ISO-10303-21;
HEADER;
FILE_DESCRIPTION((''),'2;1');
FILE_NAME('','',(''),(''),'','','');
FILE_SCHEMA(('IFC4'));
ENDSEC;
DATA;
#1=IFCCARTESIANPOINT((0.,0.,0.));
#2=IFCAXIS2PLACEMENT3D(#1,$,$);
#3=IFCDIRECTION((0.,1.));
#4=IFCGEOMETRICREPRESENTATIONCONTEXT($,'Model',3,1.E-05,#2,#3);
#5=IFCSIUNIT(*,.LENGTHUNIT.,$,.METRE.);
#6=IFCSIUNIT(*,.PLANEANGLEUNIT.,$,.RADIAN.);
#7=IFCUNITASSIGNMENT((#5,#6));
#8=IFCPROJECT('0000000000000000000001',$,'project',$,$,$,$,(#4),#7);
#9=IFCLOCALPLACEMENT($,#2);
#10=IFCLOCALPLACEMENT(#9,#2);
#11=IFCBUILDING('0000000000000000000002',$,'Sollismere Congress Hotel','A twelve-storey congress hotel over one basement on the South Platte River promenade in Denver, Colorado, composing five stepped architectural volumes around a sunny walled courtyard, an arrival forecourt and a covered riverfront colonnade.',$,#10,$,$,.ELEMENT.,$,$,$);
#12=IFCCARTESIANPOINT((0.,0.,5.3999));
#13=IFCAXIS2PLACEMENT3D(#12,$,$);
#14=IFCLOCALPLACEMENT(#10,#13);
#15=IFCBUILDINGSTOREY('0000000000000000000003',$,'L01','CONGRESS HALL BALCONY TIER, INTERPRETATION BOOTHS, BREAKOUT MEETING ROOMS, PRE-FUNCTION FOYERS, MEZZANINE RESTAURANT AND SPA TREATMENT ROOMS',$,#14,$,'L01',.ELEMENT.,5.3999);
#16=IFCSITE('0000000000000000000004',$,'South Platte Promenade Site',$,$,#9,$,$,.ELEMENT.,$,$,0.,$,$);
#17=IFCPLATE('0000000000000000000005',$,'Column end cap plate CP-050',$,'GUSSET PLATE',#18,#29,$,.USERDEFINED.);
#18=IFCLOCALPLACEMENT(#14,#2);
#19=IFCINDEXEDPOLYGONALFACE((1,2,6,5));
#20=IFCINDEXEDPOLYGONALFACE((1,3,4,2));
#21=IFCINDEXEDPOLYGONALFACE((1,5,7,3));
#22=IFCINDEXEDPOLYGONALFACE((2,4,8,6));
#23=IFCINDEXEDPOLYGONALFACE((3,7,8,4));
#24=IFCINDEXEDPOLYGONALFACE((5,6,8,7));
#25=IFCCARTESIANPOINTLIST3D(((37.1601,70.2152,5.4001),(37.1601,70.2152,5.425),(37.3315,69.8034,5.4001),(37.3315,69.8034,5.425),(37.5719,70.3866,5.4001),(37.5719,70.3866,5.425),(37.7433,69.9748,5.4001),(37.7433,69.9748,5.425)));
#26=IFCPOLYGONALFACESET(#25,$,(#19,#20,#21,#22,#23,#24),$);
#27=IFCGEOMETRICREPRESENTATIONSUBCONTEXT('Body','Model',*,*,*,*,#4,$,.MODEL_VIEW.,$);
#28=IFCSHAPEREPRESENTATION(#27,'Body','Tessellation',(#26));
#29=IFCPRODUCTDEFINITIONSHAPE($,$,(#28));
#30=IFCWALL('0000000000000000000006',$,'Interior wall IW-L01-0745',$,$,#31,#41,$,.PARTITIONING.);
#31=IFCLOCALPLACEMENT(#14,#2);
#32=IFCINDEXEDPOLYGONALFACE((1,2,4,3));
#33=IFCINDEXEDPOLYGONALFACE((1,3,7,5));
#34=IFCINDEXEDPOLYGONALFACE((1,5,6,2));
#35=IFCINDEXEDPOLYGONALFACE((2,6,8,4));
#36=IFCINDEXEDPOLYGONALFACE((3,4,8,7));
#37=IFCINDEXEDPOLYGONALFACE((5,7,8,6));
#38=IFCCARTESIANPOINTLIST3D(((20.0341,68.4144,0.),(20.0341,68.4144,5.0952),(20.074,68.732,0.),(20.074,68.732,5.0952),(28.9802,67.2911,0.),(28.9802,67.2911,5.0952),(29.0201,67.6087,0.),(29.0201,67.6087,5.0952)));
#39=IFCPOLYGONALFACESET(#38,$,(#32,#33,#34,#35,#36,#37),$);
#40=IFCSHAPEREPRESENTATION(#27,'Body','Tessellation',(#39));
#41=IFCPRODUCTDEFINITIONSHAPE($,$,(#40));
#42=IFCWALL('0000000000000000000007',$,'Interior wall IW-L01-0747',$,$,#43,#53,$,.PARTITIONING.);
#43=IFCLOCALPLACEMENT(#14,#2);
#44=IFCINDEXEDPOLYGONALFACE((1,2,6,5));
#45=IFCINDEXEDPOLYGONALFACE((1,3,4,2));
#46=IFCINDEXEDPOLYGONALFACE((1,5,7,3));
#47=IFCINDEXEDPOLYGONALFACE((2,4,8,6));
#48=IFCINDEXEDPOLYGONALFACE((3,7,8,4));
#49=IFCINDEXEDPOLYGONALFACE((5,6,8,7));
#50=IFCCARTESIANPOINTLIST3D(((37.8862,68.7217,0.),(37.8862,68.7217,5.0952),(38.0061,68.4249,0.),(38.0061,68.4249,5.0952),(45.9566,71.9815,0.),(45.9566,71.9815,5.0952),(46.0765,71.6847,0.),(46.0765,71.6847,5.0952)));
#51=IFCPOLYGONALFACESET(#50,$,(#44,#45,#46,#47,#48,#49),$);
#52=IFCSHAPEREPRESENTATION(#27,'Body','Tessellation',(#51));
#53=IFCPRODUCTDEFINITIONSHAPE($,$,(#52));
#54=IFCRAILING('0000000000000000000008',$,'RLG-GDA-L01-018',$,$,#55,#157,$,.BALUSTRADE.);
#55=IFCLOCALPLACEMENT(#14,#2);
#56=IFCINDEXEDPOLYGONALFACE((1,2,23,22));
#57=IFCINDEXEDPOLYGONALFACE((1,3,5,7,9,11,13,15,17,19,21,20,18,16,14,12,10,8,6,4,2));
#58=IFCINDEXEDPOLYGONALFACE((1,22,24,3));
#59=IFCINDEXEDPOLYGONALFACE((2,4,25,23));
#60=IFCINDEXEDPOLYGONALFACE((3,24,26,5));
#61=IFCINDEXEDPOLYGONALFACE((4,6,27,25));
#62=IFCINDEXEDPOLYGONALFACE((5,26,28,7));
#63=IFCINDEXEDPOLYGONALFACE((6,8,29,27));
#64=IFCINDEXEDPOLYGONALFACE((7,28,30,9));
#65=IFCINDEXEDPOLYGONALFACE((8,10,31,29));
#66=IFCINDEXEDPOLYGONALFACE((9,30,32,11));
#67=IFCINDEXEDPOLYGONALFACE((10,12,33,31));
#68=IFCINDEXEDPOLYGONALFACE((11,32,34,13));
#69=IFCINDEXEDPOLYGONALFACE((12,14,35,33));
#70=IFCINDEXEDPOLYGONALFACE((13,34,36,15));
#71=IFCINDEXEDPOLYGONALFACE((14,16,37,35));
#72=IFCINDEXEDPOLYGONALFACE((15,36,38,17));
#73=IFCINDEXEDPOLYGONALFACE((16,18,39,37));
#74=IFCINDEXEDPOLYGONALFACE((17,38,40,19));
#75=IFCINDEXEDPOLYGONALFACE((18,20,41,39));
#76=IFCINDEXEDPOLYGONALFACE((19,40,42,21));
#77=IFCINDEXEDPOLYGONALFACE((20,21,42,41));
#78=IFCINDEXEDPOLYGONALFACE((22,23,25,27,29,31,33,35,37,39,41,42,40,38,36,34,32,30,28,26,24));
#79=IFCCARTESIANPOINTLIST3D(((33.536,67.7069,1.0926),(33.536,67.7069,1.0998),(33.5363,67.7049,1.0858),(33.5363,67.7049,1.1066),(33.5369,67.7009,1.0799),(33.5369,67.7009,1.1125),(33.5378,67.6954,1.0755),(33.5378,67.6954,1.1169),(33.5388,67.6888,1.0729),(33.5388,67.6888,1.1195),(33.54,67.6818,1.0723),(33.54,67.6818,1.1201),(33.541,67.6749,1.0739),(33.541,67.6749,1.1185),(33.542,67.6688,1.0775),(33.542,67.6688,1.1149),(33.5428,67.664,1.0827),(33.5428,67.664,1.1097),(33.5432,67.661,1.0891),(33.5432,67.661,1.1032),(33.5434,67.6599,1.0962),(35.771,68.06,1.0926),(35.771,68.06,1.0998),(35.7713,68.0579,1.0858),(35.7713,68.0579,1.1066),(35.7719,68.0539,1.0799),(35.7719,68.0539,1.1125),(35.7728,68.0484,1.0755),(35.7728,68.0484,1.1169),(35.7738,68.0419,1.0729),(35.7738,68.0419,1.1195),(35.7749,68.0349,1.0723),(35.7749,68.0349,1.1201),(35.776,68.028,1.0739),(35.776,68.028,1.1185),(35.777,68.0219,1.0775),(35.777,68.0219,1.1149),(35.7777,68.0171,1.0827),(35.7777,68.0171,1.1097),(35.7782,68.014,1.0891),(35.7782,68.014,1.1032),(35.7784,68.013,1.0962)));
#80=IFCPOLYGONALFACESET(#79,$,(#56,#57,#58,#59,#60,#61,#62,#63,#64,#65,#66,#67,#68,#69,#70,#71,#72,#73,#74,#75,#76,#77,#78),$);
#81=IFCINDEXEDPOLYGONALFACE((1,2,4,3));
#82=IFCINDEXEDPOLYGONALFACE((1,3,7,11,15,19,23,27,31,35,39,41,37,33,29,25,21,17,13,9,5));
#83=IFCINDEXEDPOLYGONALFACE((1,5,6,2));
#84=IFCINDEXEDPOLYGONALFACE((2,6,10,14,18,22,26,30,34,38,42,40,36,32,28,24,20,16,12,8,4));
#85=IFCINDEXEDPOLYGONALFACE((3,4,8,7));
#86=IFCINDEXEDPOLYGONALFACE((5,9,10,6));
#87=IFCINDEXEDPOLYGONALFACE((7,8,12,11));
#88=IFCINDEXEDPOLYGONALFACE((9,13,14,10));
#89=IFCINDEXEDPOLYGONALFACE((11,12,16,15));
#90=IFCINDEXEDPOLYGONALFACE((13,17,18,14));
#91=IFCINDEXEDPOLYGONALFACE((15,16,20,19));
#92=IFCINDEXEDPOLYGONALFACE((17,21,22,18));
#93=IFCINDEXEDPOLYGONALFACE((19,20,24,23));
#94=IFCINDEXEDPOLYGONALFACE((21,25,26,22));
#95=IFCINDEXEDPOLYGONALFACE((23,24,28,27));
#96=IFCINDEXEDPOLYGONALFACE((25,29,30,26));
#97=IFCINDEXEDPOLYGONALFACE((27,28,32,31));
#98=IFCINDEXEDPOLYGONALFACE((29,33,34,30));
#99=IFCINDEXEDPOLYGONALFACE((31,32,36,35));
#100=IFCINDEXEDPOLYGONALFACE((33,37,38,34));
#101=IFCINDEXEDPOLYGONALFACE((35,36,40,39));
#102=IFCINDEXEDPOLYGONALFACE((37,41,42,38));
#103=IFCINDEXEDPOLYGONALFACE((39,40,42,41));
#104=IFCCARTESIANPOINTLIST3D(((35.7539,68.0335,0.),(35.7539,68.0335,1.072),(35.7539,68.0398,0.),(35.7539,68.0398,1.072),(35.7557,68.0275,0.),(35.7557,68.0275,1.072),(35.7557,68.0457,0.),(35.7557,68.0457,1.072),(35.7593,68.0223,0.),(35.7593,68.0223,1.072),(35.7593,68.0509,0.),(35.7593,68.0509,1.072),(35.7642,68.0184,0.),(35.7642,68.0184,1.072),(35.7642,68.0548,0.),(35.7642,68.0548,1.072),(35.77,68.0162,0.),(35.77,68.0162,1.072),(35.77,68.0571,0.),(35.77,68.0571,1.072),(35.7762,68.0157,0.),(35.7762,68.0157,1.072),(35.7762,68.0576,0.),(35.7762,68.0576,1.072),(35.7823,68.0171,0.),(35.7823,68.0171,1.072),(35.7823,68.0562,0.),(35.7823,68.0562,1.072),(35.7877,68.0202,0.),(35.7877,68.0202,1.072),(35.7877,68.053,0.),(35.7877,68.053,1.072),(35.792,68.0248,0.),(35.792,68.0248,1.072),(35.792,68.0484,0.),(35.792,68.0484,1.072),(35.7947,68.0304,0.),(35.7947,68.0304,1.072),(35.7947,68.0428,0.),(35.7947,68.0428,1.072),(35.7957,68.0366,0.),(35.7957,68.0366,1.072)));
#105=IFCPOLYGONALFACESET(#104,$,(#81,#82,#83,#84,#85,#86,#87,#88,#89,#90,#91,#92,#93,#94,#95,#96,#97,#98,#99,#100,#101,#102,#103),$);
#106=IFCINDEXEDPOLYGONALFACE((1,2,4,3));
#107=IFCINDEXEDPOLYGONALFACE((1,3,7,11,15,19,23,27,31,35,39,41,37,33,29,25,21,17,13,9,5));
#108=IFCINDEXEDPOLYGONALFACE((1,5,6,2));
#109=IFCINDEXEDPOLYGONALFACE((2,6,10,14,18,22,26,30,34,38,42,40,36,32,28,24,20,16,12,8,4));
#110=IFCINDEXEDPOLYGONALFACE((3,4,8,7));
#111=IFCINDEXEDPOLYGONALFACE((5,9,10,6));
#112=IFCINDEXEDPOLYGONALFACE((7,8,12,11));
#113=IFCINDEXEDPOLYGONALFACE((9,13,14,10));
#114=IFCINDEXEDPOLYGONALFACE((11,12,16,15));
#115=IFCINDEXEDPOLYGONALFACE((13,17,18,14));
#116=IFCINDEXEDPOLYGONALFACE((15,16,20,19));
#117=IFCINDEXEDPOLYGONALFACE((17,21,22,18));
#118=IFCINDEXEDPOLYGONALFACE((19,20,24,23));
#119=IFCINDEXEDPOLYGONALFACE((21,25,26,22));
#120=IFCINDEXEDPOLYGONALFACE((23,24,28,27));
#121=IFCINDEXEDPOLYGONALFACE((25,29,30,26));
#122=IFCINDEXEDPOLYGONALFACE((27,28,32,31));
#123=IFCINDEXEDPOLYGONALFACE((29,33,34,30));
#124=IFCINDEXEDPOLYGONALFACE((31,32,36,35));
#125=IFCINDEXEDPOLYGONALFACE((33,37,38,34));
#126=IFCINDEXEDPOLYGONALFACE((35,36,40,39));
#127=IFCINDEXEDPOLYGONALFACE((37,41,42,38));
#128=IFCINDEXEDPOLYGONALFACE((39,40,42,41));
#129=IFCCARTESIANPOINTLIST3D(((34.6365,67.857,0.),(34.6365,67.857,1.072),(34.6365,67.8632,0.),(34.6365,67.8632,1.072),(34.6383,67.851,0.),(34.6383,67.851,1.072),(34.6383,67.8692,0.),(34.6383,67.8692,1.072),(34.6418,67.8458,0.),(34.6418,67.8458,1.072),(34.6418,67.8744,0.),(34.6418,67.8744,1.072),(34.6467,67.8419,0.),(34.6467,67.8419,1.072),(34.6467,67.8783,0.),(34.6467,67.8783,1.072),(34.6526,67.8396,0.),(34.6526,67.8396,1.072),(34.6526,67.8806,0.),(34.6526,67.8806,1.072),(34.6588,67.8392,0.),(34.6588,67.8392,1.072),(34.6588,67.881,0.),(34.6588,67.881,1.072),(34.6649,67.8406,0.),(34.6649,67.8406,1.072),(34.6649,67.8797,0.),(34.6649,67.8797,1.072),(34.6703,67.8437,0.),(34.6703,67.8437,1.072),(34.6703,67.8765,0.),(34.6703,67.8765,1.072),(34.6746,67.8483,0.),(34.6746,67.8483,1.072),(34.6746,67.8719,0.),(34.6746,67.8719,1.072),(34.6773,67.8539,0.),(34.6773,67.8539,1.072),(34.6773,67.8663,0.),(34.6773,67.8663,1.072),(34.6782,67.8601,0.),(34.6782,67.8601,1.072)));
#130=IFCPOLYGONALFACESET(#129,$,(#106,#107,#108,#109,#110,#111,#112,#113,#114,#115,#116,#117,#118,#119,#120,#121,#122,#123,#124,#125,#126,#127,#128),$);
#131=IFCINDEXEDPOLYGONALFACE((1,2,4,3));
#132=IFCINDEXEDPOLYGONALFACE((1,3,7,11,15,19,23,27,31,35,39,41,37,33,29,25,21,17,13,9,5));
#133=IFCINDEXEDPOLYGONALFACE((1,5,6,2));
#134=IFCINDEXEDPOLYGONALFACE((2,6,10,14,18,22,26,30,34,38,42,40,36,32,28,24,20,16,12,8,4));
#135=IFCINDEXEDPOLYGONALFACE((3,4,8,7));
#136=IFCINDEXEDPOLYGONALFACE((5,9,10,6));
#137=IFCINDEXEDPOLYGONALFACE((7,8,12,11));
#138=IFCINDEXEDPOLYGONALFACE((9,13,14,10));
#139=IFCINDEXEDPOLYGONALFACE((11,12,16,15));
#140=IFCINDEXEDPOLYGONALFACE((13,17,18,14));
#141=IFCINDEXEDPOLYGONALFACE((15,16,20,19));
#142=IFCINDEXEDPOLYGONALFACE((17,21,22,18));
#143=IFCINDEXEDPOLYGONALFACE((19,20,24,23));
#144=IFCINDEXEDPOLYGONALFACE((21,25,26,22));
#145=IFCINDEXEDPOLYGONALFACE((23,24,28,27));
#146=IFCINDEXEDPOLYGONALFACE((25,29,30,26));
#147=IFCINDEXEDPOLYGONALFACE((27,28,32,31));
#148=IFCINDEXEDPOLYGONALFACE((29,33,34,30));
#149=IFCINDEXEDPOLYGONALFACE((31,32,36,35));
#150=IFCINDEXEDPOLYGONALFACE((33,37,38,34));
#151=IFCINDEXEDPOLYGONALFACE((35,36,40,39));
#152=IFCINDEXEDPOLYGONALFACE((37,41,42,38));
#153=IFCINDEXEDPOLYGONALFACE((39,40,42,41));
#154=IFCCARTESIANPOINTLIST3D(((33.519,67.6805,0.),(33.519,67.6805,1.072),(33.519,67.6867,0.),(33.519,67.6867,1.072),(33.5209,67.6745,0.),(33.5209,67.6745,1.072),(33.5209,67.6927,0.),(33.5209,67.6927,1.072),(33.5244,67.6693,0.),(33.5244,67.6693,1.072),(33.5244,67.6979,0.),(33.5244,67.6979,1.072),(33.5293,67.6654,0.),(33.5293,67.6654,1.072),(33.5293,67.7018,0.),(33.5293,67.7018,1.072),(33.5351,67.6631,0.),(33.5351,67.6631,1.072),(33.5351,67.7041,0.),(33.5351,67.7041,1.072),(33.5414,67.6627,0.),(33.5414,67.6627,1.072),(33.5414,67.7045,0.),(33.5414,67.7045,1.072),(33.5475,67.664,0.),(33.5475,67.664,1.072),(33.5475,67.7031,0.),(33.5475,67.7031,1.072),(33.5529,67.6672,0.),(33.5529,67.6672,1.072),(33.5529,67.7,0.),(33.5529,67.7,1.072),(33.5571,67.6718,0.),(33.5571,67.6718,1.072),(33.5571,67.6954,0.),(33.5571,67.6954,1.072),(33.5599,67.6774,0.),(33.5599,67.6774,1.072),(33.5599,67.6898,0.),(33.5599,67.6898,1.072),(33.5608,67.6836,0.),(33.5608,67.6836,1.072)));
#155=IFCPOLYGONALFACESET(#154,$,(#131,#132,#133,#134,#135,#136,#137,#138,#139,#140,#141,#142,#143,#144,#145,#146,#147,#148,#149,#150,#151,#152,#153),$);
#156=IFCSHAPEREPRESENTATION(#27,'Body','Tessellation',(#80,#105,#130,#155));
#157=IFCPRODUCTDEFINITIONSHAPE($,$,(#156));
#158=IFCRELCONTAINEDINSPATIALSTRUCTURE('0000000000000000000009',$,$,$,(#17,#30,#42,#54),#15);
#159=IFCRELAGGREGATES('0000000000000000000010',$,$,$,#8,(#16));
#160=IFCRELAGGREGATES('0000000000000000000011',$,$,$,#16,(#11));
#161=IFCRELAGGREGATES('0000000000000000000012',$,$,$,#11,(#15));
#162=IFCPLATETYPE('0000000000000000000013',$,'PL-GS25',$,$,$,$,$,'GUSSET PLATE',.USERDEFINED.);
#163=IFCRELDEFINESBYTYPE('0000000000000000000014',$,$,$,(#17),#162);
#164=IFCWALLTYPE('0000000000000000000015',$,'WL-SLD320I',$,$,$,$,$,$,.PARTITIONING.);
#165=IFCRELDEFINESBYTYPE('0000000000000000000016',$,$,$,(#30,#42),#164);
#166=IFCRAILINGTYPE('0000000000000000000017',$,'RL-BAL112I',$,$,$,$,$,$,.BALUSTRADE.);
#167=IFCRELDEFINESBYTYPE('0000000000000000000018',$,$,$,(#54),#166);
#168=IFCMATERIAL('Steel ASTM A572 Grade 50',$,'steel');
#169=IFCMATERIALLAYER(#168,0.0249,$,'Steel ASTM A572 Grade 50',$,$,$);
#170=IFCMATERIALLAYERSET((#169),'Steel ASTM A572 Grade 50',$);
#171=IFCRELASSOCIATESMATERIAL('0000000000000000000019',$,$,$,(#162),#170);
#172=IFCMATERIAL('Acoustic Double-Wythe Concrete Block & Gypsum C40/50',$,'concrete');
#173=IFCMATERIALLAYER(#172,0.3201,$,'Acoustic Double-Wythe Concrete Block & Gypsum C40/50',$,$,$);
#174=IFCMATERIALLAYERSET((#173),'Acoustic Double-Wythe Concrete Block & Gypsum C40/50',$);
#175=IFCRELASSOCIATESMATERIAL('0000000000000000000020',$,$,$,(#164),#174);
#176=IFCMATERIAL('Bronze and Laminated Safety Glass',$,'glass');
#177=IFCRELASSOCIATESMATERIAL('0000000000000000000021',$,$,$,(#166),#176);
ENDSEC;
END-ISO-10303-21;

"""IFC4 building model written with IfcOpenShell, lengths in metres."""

from ifc_helpers import new_model, si_unit, direction, frame, frame_2d, origin, origin_2d, place, context, subcontext, project, spatial, rectangle, circle, extrude, material, layer, layer_set, type_object, element, save


model = new_model("IFC4")

# Units and contexts
model_context = context("Model", 3, precision=1e-05, world=origin(), true_north=direction((0.0, 1.0)))
body_context = subcontext(model_context, "Body", "Model", "MODEL_VIEW")
ifc_project = project(units=[si_unit("LENGTHUNIT", "METRE"), si_unit("PLANEANGLEUNIT", "RADIAN")], contexts=[model_context])

# Site, building, storey
site_placement = place(None, origin())
site = spatial("IfcSite", under=ifc_project, at=site_placement, Name="South Platte Promenade Site", CompositionType="ELEMENT", RefElevation=0.0)
building_placement = place(site_placement, origin())
building = spatial("IfcBuilding", under=site, at=building_placement, Name="Sollismere Congress Hotel", Description="A twelve-storey congress hotel over one basement on the South Platte River promenade in Denver, Colorado, composing five stepped architectural volumes around a sunny walled courtyard, an arrival forecourt and a covered riverfront colonnade.", CompositionType="ELEMENT")
storey_placement = place(building_placement, frame((0.0, 0.0, 5.3999)))
storey = spatial("IfcBuildingStorey", under=building, at=storey_placement, Name="L01", Description="CONGRESS HALL BALCONY TIER, INTERPRETATION BOOTHS, BREAKOUT MEETING ROOMS, PRE-FUNCTION FOYERS, MEZZANINE RESTAURANT AND SPA TREATMENT ROOMS", LongName="L01", CompositionType="ELEMENT", Elevation=5.3999)

# Plate
ifc_material_1 = material(Name="Steel ASTM A572 Grade 50", Category="steel")
ifc_layer_1 = layer(ifc_material_1, 0.0249, Name="Steel ASTM A572 Grade 50")
ifc_layer_set_1 = layer_set([ifc_layer_1], Name="Steel ASTM A572 Grade 50")
plate_type_1 = type_object("IfcPlateType", Name="PL-GS25", ElementType="GUSSET PLATE", PredefinedType="USERDEFINED", material=ifc_layer_set_1)
for number, where, z_axis, x_axis, name in (
    (1, (37.4517, 70.095, 5.4001), (0.0, 0.0, 1.0), (0.384295, -0.92321, 0.0), "Column end cap plate CP-050"),
):
    element("IfcPlate", number, at=place(storey_placement, frame(where, z_axis=z_axis, x_axis=x_axis)), inside=storey, type_object=plate_type_1, Name=name, ObjectType="GUSSET PLATE", PredefinedType="USERDEFINED", context=body_context, shape_type="SweptSolid", body=[
        extrude(rectangle(XDim=0.446, YDim=0.446, at=origin_2d()), origin(), (0.0, 0.0, 1.0), 0.0249),
    ])

# Walls
ifc_material_2 = material(Name="Acoustic Double-Wythe Concrete Block & Gypsum C40/50", Category="concrete")
ifc_layer_2 = layer(ifc_material_2, 0.3201, Name="Acoustic Double-Wythe Concrete Block & Gypsum C40/50")
ifc_layer_set_2 = layer_set([ifc_layer_2], Name="Acoustic Double-Wythe Concrete Block & Gypsum C40/50")
wall_type = type_object("IfcWallType", Name="WL-SLD320I", PredefinedType="PARTITIONING", material=ifc_layer_set_2)
wall_1_placement = place(storey_placement, frame((20.054, 68.5732, 0.0), z_axis=(0.0, 0.0, 1.0), x_axis=(0.992209, -0.124585, 0.0)))
element("IfcWall", 2, at=wall_1_placement, inside=storey, type_object=wall_type, Name="Interior wall IW-L01-0745", PredefinedType="PARTITIONING", context=body_context, shape_type="SweptSolid", body=[
    extrude(rectangle(XDim=9.0164, YDim=0.3201, at=frame_2d((4.5083, 0.0))), origin(), (0.0, 0.0, 1.0), 5.0952),
])
wall_2_placement = place(storey_placement, frame((37.946, 68.5732, 0.0), z_axis=(0.0, 0.0, 1.0), x_axis=(0.927218, 0.374522, 0.0)))
element("IfcWall", 3, at=wall_2_placement, inside=storey, type_object=wall_type, Name="Interior wall IW-L01-0747", PredefinedType="PARTITIONING", context=body_context, shape_type="SweptSolid", body=[
    extrude(rectangle(XDim=8.7039, YDim=0.3201, at=frame_2d((4.3521, 0.0))), origin(), (0.0, 0.0, 1.0), 5.0952),
])

# Railing
ifc_material_3 = material(Name="Bronze and Laminated Safety Glass", Category="glass")
railing_type = type_object("IfcRailingType", Name="RL-BAL112I", PredefinedType="BALUSTRADE", material=ifc_material_3)
railing_1_placement = place(storey_placement, frame((35.7747, 68.0366, 0.0)))
element("IfcRailing", 4, at=railing_1_placement, inside=storey, type_object=railing_type, Name="RLG-GDA-L01-018", PredefinedType="BALUSTRADE", context=body_context, shape_type="SweptSolid", body=[
    extrude(circle(Radius=0.0239, at=origin_2d()), frame((0.0, 0.0, 1.0962), z_axis=(-0.987752, -0.156029, 0.0), x_axis=(0.156029, -0.987752, 0.0)), (0.0, 0.0, 1.0), 2.2627),
    extrude(circle(Radius=0.021, at=origin_2d()), origin(), (0.0, 0.0, 1.0), 1.072),
    extrude(circle(Radius=0.021, at=origin_2d()), frame((-1.1174, -0.1765, 0.0)), (0.0, 0.0, 1.0), 1.072),
    extrude(circle(Radius=0.021, at=origin_2d()), frame((-2.2349, -0.353, 0.0)), (0.0, 0.0, 1.0), 1.072),
])

save(model, "model.ifc")
